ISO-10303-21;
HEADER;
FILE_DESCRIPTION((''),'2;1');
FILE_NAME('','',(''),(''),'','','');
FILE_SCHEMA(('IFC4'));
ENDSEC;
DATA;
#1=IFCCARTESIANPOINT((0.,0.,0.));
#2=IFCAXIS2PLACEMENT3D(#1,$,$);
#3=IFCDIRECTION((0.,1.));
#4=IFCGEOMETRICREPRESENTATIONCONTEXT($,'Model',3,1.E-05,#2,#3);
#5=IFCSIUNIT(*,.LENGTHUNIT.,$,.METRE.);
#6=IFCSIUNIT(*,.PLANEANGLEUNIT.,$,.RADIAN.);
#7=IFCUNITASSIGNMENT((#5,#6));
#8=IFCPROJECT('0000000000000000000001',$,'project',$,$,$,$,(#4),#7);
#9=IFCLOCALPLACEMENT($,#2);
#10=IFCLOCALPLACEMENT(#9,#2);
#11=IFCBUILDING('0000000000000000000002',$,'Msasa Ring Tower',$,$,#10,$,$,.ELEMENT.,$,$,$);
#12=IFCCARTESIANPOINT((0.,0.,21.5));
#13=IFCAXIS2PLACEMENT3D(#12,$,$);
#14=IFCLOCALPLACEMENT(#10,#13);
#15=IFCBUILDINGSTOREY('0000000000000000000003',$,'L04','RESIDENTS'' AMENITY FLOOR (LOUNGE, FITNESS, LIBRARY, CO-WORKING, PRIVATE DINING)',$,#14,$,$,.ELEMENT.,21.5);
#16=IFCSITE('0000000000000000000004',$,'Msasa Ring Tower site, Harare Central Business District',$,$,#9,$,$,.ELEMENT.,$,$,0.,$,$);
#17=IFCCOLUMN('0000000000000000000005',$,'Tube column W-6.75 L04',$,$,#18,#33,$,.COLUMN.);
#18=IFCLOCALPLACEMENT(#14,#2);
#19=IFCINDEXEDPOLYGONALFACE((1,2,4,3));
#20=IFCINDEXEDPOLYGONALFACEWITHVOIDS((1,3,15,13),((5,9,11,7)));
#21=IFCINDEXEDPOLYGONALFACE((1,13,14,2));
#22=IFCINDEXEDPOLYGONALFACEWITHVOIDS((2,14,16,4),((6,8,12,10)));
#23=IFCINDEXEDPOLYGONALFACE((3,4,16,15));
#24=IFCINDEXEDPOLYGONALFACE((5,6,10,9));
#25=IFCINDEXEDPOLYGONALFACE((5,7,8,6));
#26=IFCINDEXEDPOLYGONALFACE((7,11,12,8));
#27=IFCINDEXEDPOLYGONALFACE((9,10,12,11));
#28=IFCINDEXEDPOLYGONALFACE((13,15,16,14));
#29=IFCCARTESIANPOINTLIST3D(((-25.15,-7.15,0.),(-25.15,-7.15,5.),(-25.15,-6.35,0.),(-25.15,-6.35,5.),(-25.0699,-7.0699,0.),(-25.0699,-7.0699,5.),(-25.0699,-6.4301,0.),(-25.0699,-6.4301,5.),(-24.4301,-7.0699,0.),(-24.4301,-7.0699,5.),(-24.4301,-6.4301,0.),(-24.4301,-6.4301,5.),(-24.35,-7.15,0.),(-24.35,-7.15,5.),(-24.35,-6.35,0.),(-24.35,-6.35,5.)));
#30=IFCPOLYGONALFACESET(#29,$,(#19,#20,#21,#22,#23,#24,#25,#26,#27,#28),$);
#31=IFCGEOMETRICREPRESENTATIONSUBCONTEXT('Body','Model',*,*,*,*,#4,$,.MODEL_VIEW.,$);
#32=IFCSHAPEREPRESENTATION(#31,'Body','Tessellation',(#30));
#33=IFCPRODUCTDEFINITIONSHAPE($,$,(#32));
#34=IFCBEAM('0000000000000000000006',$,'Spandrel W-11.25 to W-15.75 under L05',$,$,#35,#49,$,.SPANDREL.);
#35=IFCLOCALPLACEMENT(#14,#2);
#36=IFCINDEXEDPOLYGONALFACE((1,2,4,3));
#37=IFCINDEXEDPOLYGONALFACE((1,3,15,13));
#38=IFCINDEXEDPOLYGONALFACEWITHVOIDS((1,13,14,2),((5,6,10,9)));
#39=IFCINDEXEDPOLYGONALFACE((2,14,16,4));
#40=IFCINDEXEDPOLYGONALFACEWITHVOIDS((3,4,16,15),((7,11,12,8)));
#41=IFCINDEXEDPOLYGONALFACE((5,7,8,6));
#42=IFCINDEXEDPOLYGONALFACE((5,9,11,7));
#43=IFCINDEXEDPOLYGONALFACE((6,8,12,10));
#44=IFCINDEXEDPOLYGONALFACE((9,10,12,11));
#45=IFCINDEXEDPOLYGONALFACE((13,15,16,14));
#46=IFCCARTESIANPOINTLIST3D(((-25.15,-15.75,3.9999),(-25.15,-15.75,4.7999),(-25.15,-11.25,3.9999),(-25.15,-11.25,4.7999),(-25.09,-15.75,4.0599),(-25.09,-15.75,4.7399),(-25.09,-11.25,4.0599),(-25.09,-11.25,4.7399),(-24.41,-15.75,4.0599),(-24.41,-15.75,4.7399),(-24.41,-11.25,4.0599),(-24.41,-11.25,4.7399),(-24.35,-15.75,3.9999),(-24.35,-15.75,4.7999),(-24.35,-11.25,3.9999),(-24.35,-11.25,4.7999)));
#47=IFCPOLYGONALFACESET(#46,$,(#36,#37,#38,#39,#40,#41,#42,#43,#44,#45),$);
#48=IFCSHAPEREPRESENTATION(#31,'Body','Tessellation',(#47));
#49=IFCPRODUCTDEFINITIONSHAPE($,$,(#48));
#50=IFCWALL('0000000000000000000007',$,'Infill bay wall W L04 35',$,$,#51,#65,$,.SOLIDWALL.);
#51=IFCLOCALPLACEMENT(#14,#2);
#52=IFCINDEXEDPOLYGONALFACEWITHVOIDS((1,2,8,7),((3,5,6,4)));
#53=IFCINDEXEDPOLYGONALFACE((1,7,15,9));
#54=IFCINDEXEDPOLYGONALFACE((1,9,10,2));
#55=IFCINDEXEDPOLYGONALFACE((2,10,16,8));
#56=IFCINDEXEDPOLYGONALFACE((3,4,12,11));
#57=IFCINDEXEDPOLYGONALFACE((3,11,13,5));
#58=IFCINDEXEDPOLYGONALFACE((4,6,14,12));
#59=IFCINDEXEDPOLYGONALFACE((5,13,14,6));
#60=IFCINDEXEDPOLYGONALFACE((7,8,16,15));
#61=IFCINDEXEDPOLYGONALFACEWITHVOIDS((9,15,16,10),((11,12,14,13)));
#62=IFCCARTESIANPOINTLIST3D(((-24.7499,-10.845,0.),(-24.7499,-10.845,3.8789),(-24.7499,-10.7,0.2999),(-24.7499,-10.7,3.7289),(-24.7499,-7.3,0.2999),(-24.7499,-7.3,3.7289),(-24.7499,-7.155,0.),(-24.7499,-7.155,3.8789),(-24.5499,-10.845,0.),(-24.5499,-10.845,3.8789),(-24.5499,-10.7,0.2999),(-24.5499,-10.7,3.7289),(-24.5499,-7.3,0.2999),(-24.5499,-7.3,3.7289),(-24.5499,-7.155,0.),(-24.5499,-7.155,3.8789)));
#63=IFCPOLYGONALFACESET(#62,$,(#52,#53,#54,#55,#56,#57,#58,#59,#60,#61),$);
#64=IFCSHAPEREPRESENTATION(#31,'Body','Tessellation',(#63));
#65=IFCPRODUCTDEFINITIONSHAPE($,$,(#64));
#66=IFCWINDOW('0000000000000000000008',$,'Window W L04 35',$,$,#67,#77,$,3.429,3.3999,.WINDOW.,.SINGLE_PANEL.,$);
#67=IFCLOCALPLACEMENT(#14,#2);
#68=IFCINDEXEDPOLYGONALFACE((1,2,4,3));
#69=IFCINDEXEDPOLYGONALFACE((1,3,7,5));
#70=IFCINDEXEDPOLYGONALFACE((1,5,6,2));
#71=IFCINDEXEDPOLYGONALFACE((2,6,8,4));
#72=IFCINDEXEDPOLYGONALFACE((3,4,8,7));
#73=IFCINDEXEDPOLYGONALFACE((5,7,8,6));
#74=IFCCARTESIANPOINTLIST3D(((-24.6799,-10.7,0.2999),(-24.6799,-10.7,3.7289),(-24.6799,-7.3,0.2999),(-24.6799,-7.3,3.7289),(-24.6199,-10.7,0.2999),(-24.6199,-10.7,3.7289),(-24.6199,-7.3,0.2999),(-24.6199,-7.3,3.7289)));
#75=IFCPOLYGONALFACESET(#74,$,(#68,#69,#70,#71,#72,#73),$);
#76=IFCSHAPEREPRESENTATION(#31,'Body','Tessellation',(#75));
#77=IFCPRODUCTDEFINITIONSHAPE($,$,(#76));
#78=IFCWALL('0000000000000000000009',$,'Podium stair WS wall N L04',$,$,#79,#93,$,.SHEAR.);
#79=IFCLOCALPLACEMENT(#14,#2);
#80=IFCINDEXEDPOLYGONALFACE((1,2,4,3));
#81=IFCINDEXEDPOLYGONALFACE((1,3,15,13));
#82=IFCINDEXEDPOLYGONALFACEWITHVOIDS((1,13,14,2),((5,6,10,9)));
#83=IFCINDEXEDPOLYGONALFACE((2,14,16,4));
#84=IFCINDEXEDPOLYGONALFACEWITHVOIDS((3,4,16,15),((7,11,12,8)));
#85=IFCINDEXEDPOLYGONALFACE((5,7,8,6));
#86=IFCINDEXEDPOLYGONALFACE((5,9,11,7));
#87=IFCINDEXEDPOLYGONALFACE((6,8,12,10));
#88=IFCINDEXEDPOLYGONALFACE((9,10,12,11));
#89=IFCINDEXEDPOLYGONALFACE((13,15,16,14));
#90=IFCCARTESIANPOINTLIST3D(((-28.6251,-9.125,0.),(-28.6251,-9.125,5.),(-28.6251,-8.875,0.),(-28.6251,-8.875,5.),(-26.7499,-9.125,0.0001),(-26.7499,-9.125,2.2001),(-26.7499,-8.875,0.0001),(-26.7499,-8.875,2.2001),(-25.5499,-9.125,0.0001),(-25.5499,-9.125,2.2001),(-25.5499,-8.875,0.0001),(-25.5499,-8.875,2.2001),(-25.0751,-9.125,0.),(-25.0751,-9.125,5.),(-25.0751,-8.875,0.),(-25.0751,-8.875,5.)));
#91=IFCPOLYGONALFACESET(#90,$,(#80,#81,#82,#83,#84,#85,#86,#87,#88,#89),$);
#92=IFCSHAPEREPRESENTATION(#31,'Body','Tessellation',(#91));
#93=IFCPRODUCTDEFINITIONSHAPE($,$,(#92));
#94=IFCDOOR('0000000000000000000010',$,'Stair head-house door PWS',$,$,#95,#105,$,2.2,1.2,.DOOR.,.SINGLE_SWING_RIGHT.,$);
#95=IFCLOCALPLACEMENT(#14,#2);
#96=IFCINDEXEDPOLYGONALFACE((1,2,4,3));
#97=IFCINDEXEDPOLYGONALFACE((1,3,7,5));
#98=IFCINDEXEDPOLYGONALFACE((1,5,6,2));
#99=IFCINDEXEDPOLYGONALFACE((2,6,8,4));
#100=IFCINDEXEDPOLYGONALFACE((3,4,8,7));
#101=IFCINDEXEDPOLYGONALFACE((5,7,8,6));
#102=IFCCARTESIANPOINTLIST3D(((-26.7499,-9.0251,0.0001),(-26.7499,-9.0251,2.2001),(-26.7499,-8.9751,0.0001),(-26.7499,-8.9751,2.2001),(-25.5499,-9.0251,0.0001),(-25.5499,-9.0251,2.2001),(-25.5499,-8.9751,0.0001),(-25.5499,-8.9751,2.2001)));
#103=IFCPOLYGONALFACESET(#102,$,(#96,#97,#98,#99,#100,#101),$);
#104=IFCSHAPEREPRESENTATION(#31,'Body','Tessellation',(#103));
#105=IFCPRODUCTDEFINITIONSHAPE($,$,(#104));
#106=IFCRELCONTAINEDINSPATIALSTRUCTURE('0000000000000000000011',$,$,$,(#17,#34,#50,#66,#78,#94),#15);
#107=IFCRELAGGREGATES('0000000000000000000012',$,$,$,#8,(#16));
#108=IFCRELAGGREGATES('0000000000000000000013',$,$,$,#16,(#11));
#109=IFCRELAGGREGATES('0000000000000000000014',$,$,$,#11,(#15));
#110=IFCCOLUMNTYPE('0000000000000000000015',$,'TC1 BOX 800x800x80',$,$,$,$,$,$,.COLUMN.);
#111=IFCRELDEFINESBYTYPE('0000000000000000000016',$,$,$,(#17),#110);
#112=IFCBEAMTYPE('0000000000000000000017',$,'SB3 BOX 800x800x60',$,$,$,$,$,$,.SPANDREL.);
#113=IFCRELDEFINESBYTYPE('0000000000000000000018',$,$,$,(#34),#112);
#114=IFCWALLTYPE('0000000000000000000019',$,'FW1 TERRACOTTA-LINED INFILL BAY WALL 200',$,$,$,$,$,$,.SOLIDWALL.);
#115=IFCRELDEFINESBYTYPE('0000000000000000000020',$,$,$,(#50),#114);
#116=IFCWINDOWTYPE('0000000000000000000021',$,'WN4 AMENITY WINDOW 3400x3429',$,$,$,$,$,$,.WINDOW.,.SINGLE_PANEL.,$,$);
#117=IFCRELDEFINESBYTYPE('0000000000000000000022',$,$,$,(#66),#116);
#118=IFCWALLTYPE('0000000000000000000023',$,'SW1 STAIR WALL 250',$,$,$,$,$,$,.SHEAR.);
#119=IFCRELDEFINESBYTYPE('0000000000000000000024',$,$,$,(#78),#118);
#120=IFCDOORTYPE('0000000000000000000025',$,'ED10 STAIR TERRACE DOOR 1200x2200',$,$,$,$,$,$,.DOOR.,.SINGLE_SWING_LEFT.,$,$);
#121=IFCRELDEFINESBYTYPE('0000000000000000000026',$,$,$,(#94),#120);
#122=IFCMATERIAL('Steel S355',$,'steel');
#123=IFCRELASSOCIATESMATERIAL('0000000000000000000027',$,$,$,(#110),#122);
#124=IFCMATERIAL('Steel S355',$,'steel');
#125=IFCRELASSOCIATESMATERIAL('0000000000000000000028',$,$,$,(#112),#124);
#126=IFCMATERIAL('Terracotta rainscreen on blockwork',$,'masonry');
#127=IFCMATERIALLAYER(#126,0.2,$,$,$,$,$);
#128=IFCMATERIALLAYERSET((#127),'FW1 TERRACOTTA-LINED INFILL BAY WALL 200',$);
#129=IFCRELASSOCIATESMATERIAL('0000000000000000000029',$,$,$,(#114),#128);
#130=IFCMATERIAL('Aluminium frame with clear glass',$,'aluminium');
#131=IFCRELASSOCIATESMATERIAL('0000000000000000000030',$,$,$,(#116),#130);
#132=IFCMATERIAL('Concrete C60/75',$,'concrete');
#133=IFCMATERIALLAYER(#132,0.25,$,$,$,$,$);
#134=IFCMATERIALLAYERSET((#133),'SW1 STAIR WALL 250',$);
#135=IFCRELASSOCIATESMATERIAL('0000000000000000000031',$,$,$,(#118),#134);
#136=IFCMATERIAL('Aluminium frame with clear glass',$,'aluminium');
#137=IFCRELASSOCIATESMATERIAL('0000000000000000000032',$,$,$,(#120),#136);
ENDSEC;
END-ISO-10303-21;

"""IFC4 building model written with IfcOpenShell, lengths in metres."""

from ifc_helpers import new_model, si_unit, direction, frame, frame_2d, origin, origin_2d, place, context, subcontext, project, spatial, rectangle, hollow_rectangle, extrude, material, layer, layer_set, material_profile, profile_set, type_object, element, fill, save


model = new_model("IFC4")

# Units and contexts
model_context = context("Model", 3, precision=1e-05, world=origin(), true_north=direction((0.0, 1.0)))
body_context = subcontext(model_context, "Body", "Model", "MODEL_VIEW")
ifc_project = project(units=[si_unit("LENGTHUNIT", "METRE"), si_unit("PLANEANGLEUNIT", "RADIAN")], contexts=[model_context])

# Site, building, storey
site_placement = place(None, origin())
site = spatial("IfcSite", under=ifc_project, at=site_placement, Name="Msasa Ring Tower site, Harare Central Business District", CompositionType="ELEMENT", RefElevation=0.0)
building_placement = place(site_placement, origin())
building = spatial("IfcBuilding", under=site, at=building_placement, Name="Msasa Ring Tower", CompositionType="ELEMENT")
storey_placement = place(building_placement, frame((0.0, 0.0, 21.5)))
storey = spatial("IfcBuildingStorey", under=building, at=storey_placement, Name="L04", Description="RESIDENTS' AMENITY FLOOR (LOUNGE, FITNESS, LIBRARY, CO-WORKING, PRIVATE DINING)", CompositionType="ELEMENT", Elevation=21.5)

# Column
ifc_material_1 = material(Name="Steel S355", Category="steel")
ifc_material_profile_1 = material_profile(ifc_material_1, hollow_rectangle(XDim=0.8, YDim=0.8, WallThickness=0.0801, at=origin_2d()), Name="BOX 800x800x80")
ifc_profile_set_1 = profile_set([ifc_material_profile_1], Name="Steel S355")
column_type = type_object("IfcColumnType", Name="TC1 BOX 800x800x80", PredefinedType="COLUMN", material=ifc_profile_set_1)
column_placement = place(storey_placement, frame((-24.75, -6.75, 0.0), z_axis=(0.0, 0.0, 1.0), x_axis=(1.0, 0.0, 0.0)))
element("IfcColumn", 1, at=column_placement, inside=storey, type_object=column_type, Name="Tube column W-6.75 L04", PredefinedType="COLUMN", context=body_context, shape_type="SweptSolid", body=[
    extrude(hollow_rectangle(XDim=0.8, YDim=0.8, WallThickness=0.0801, at=origin_2d()), origin(), (0.0, 0.0, 1.0), 5.0),
])

# Beam
ifc_material_2 = material(Name="Steel S355", Category="steel")
ifc_material_profile_2 = material_profile(ifc_material_2, hollow_rectangle(XDim=0.8, YDim=0.8, WallThickness=0.0601, at=origin_2d()), Name="BOX 800x800x60")
ifc_profile_set_2 = profile_set([ifc_material_profile_2], Name="Steel S355")
beam_type = type_object("IfcBeamType", Name="SB3 BOX 800x800x60", PredefinedType="SPANDREL", material=ifc_profile_set_2)
beam_placement = place(storey_placement, frame((-24.75, -11.25, 4.3999), z_axis=(0.0, -1.0, 0.0), x_axis=(1.0, 0.0, 0.0)))
element("IfcBeam", 2, at=beam_placement, inside=storey, type_object=beam_type, Name="Spandrel W-11.25 to W-15.75 under L05", PredefinedType="SPANDREL", context=body_context, shape_type="SweptSolid", body=[
    extrude(hollow_rectangle(XDim=0.8, YDim=0.8, WallThickness=0.0601, at=origin_2d()), origin(), (0.0, 0.0, 1.0), 4.5),
])

# Wall, opening, window
ifc_material_3 = material(Name="Terracotta rainscreen on blockwork", Category="masonry")
ifc_layer_1 = layer(ifc_material_3, 0.2)
ifc_layer_set_1 = layer_set([ifc_layer_1], Name="FW1 TERRACOTTA-LINED INFILL BAY WALL 200")
wall_type_1 = type_object("IfcWallType", Name="FW1 TERRACOTTA-LINED INFILL BAY WALL 200", PredefinedType="SOLIDWALL", material=ifc_layer_set_1)
wall_1_placement = place(storey_placement, frame((-24.6499, -10.845, 0.0), z_axis=(0.0, 0.0, 1.0), x_axis=(0.0, 1.0, 0.0)))
wall_1 = element("IfcWall", 3, at=wall_1_placement, inside=storey, type_object=wall_type_1, Name="Infill bay wall W L04 35", PredefinedType="SOLIDWALL", context=body_context, shape_type="SweptSolid", body=[
    extrude(rectangle(XDim=3.6899, YDim=0.2, at=frame_2d((1.845, 0.0))), origin(), (0.0, 0.0, 1.0), 3.8789),
])
opening_1_placement = place(wall_1_placement, frame((0.145, 0.0, 0.3)))
opening_1 = element("IfcOpeningElement", 4, at=opening_1_placement, cuts=wall_1, PredefinedType="OPENING", context=body_context, shape_type="SweptSolid", body=[
    extrude(rectangle(XDim=3.3999, YDim=3.429, at=frame_2d((1.7, 1.7144))), frame((0.0, 0.1099, 0.0), z_axis=(0.0, -1.0, 0.0), x_axis=(1.0, 0.0, 0.0)), (0.0, 0.0, 1.0), 0.22),
])
ifc_material_4 = material(Name="Aluminium frame with clear glass", Category="aluminium")
window_type = type_object("IfcWindowType", Name="WN4 AMENITY WINDOW 3400x3429", PartitioningType="SINGLE_PANEL", PredefinedType="WINDOW", material=ifc_material_4)
window_placement = place(opening_1_placement, origin())
window = element("IfcWindow", 5, at=window_placement, inside=storey, type_object=window_type, Name="Window W L04 35", OverallHeight=3.429, OverallWidth=3.3999, PartitioningType="SINGLE_PANEL", PredefinedType="WINDOW", context=body_context, shape_type="SweptSolid", body=[
    extrude(rectangle(XDim=3.3999, YDim=3.429, at=frame_2d((1.7, 1.7144))), frame((0.0, 0.03, 0.0), z_axis=(0.0, -1.0, 0.0), x_axis=(1.0, 0.0, 0.0)), (0.0, 0.0, 1.0), 0.0601),
])
fill(opening_1, window)

# Wall, opening, door
ifc_material_5 = material(Name="Concrete C60/75", Category="concrete")
ifc_layer_2 = layer(ifc_material_5, 0.25)
ifc_layer_set_2 = layer_set([ifc_layer_2], Name="SW1 STAIR WALL 250")
wall_type_2 = type_object("IfcWallType", Name="SW1 STAIR WALL 250", PredefinedType="SHEAR", material=ifc_layer_set_2)
wall_2_placement = place(storey_placement, frame((-28.625, -9.0, 0.0), z_axis=(0.0, 0.0, 1.0), x_axis=(1.0, 0.0, 0.0)))
wall_2 = element("IfcWall", 6, at=wall_2_placement, inside=storey, type_object=wall_type_2, Name="Podium stair WS wall N L04", PredefinedType="SHEAR", context=body_context, shape_type="SweptSolid", body=[
    extrude(rectangle(XDim=3.55, YDim=0.25, at=frame_2d((1.7749, 0.0))), origin(), (0.0, 0.0, 1.0), 5.0),
])
opening_2_placement = place(wall_2_placement, frame((1.875, 0.0, 0.0)))
opening_2 = element("IfcOpeningElement", 7, at=opening_2_placement, cuts=wall_2, PredefinedType="OPENING", context=body_context, shape_type="SweptSolid", body=[
    extrude(rectangle(XDim=1.2, YDim=2.2, at=frame_2d((0.6001, 1.1001))), frame((0.0, 0.135, 0.0), z_axis=(0.0, -1.0, 0.0), x_axis=(1.0, 0.0, 0.0)), (0.0, 0.0, 1.0), 0.27),
])
ifc_material_6 = material(Name="Aluminium frame with clear glass", Category="aluminium")
door_type_1 = type_object("IfcDoorType", Name="ED10 STAIR TERRACE DOOR 1200x2200", OperationType="SINGLE_SWING_LEFT", PredefinedType="DOOR", material=ifc_material_6)
door_1_placement = place(opening_2_placement, origin())
door_1 = element("IfcDoor", 8, at=door_1_placement, inside=storey, type_object=door_type_1, Name="Stair head-house door PWS", OperationType="SINGLE_SWING_RIGHT", OverallHeight=2.2, OverallWidth=1.2, PredefinedType="DOOR", context=body_context, shape_type="SweptSolid", body=[
    extrude(rectangle(XDim=1.2, YDim=2.2, at=frame_2d((0.6001, 1.1001))), frame((0.0, 0.0249, 0.0), z_axis=(0.0, -1.0, 0.0), x_axis=(1.0, 0.0, 0.0)), (0.0, 0.0, 1.0), 0.05),
])
fill(opening_2, door_1)

save(model, "model.ifc")
